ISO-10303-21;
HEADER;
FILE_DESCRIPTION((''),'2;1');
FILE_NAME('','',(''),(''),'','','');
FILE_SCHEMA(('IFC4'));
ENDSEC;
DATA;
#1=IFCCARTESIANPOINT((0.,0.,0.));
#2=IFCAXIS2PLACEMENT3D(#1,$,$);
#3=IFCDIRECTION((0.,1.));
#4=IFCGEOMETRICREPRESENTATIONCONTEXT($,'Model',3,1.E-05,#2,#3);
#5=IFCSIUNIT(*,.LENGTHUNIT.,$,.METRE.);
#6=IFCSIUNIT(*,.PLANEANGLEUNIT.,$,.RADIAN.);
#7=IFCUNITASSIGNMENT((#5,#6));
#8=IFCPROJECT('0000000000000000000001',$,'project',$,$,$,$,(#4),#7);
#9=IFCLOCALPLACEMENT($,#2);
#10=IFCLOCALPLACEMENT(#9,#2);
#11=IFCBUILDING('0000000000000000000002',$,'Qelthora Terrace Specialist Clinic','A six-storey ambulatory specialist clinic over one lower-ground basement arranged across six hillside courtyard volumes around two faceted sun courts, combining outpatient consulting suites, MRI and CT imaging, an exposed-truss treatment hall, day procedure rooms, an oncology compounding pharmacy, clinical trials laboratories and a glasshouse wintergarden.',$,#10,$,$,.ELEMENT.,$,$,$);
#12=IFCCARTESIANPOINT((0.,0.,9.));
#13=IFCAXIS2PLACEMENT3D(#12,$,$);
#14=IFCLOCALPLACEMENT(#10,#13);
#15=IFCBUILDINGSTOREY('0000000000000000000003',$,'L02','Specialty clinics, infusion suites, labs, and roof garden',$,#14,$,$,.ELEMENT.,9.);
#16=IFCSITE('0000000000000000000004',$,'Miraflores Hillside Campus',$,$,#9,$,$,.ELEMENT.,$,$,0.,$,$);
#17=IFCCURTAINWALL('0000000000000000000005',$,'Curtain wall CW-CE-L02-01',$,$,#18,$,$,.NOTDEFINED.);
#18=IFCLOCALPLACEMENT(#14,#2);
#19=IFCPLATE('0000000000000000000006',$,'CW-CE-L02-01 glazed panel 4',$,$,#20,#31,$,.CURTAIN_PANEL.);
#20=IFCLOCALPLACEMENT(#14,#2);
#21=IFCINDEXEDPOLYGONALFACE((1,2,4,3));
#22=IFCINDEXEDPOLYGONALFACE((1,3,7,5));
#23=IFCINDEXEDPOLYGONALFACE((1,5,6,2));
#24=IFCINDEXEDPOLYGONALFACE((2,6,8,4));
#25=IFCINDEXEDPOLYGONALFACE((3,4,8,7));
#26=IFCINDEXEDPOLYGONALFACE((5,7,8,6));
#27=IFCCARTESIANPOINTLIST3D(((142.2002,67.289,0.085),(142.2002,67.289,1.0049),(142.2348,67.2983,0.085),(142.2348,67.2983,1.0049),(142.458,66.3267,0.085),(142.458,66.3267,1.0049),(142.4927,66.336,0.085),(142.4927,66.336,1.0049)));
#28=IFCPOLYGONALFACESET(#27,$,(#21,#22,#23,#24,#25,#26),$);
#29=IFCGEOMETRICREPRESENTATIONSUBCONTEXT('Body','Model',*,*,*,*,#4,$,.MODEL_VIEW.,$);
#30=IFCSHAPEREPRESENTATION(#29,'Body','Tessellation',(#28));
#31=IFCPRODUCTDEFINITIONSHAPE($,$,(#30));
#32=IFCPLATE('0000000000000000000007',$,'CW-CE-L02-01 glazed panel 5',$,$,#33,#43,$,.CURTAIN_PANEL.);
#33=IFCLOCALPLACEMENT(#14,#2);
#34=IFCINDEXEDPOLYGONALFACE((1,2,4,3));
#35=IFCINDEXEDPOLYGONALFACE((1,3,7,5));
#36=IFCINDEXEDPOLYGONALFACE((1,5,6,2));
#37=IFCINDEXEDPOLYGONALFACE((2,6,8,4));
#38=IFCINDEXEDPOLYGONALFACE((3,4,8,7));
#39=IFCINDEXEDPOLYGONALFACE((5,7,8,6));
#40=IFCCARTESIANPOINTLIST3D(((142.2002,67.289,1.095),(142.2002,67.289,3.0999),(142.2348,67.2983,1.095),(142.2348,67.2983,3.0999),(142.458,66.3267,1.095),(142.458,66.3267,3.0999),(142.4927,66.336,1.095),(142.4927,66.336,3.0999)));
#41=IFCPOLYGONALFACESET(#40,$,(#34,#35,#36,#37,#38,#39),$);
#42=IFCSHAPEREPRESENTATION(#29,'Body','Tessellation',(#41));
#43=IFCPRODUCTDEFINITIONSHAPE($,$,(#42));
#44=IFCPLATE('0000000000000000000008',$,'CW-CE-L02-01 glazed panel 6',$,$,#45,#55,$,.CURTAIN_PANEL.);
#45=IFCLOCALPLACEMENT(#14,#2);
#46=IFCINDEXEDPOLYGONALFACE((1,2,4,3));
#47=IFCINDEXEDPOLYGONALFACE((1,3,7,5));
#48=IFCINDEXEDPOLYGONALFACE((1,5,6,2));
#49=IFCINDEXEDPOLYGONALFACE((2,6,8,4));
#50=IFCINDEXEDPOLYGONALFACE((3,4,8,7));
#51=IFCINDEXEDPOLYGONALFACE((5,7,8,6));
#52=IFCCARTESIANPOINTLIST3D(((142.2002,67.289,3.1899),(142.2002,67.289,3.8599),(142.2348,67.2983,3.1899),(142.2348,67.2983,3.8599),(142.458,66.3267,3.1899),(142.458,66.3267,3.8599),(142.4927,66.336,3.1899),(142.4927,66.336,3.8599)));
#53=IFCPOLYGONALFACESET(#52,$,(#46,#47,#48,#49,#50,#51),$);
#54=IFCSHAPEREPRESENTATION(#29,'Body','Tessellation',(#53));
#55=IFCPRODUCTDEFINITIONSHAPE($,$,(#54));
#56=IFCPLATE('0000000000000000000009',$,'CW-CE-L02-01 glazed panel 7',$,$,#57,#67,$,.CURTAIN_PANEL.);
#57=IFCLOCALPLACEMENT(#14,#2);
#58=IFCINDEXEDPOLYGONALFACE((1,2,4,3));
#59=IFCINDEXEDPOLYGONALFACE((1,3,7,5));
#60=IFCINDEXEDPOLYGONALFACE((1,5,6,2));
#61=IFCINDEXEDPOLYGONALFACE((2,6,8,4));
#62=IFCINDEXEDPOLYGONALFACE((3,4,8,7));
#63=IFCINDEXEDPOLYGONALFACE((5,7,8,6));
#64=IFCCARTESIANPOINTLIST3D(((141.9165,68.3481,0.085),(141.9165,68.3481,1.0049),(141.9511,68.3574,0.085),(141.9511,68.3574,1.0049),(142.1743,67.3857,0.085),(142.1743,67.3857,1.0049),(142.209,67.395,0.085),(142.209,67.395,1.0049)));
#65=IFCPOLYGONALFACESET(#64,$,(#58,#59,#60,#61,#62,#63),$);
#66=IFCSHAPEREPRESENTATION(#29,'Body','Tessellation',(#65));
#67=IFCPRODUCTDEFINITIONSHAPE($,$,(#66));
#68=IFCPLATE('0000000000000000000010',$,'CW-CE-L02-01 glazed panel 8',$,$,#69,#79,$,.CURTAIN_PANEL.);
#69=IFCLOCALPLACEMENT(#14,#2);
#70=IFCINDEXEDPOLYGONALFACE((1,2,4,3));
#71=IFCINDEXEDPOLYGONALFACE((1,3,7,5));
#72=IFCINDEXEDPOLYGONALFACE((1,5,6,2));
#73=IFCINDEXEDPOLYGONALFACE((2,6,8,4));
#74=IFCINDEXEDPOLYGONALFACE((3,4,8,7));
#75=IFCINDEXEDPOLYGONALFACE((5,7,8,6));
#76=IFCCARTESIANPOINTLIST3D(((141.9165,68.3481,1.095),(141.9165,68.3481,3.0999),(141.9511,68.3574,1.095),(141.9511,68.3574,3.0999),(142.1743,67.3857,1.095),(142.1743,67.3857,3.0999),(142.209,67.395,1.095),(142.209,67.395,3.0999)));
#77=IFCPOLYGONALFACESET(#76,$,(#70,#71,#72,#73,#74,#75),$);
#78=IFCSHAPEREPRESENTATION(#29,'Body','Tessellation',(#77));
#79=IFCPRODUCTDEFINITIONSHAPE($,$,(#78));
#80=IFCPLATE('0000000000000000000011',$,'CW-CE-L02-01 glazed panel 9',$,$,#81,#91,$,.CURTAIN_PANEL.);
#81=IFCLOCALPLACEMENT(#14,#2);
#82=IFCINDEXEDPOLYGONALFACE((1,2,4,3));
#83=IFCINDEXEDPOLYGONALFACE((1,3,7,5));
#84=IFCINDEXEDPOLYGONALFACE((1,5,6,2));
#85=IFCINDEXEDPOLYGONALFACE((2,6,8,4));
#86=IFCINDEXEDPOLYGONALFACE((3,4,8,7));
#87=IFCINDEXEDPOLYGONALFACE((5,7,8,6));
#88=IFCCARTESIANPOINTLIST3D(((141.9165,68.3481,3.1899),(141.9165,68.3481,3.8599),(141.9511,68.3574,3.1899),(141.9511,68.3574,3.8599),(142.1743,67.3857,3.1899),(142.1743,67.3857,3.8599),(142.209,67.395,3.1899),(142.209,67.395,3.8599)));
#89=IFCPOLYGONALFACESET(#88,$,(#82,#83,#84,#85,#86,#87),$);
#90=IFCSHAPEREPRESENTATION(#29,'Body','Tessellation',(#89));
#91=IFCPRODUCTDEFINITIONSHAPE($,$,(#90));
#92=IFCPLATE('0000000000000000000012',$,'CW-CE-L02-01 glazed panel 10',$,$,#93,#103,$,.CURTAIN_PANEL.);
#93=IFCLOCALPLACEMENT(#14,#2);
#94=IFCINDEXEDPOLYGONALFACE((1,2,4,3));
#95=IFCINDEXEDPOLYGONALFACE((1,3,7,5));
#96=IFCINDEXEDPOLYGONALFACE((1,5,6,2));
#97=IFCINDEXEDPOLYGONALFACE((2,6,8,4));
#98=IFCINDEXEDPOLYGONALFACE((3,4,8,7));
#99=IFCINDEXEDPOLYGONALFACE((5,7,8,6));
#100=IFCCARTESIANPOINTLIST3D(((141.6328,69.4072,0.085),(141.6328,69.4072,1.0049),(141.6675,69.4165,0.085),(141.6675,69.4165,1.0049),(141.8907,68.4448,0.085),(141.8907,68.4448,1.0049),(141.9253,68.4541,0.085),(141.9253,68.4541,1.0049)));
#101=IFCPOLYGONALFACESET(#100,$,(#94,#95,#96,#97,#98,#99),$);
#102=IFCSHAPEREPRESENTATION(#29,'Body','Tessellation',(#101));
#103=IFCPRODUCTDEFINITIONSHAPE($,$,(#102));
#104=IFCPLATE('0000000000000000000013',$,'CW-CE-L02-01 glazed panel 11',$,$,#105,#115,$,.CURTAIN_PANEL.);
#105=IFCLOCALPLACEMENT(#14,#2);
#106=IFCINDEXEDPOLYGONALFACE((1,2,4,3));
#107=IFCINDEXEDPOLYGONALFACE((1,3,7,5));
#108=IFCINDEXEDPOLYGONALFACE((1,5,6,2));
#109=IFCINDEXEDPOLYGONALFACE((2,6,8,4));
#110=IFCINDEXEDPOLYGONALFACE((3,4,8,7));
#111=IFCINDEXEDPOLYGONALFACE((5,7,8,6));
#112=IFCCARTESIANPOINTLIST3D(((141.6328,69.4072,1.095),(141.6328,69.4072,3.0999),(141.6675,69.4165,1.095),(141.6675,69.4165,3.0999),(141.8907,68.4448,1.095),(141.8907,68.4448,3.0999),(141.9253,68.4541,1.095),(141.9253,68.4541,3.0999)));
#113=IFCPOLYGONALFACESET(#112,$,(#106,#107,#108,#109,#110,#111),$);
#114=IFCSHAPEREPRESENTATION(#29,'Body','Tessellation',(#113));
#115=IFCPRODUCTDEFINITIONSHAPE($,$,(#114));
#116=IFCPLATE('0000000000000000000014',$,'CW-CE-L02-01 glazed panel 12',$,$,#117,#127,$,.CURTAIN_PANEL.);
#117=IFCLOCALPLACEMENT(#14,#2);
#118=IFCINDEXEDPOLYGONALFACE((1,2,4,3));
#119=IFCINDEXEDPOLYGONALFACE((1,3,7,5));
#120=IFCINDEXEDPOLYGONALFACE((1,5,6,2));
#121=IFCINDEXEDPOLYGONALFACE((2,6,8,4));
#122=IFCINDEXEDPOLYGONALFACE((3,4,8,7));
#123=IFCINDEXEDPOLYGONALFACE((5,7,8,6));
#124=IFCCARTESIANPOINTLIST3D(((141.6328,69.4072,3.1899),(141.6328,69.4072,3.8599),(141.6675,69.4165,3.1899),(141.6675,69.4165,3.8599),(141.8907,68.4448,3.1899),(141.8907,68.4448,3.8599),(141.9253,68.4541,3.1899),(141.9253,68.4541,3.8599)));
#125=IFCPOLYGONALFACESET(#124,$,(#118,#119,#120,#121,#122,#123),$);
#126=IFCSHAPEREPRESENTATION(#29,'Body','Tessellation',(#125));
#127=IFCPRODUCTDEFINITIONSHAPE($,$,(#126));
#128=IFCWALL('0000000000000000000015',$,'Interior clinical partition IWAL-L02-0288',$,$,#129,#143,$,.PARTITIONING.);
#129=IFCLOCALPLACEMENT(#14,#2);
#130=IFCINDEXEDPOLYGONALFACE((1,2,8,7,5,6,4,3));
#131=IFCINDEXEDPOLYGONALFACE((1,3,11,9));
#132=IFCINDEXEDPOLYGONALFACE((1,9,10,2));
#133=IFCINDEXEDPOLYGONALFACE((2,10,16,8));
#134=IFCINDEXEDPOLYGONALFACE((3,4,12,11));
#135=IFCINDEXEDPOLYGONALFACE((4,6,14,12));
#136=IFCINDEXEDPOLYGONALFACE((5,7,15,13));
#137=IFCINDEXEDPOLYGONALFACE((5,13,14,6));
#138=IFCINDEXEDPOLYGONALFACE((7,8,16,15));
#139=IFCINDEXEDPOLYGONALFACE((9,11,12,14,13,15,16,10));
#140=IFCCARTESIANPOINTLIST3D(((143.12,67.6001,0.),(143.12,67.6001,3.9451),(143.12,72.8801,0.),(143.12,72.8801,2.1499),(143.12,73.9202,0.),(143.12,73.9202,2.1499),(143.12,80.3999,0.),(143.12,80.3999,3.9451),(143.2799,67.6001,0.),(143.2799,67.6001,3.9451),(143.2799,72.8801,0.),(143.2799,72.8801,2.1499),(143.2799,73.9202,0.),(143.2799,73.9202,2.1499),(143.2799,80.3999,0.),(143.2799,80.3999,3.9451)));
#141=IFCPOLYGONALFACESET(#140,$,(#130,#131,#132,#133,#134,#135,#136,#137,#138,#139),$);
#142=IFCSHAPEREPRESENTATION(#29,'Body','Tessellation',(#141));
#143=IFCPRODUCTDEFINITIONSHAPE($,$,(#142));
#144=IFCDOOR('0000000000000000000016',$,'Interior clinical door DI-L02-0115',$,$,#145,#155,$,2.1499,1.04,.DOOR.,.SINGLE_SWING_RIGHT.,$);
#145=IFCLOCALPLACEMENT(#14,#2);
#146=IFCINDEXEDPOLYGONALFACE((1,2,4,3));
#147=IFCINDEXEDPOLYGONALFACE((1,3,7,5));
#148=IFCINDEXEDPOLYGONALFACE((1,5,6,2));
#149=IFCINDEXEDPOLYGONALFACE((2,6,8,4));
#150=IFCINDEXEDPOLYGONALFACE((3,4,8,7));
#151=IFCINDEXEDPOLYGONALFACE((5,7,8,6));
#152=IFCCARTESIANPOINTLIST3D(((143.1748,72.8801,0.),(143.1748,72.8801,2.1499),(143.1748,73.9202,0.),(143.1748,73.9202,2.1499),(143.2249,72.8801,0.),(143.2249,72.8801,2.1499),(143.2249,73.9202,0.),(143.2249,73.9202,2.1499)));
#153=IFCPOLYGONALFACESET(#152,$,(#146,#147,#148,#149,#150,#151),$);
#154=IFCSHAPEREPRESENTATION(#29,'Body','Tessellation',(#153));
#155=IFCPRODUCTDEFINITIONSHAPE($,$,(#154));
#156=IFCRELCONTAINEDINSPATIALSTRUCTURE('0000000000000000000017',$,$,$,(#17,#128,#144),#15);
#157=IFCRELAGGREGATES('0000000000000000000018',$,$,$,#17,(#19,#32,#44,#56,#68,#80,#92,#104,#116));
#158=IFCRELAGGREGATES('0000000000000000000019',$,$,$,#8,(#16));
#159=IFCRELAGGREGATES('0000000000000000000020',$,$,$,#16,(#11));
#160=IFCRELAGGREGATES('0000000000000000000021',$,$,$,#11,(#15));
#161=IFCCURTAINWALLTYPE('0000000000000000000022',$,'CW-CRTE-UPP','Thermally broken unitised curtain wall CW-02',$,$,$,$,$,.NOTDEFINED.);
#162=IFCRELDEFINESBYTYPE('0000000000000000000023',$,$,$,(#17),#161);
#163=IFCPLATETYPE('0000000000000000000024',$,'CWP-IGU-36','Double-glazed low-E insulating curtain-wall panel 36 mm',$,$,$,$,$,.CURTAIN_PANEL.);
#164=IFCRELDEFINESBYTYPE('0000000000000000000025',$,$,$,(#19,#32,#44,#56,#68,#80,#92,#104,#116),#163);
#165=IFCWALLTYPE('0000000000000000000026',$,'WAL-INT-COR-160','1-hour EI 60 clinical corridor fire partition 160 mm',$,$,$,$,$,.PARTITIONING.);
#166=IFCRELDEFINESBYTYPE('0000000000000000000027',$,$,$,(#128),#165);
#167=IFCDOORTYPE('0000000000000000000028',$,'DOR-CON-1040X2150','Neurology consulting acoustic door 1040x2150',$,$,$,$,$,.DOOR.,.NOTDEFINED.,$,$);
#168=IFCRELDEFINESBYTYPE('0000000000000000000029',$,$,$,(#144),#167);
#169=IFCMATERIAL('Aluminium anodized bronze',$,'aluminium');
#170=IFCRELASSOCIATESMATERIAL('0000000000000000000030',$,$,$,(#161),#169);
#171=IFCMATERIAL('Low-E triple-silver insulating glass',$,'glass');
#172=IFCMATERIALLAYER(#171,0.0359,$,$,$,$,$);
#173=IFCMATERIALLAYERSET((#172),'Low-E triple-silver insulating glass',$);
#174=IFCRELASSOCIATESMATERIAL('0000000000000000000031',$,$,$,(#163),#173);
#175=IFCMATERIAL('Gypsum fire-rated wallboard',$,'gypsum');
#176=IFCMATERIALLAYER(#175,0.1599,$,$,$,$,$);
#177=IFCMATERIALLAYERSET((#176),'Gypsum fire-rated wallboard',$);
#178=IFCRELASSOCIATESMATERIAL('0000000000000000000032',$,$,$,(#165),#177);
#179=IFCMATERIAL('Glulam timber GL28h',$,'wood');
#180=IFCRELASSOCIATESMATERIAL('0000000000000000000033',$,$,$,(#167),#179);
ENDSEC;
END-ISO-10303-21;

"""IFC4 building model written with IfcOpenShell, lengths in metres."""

from ifc_helpers import new_model, si_unit, direction, frame, frame_2d, origin, origin_2d, place, context, subcontext, project, spatial, rectangle, extrude, material, layer, layer_set, type_object, element, fill, aggregate, save


model = new_model("IFC4")

# Units and contexts
model_context = context("Model", 3, precision=1e-05, world=origin(), true_north=direction((0.0, 1.0)))
body_context = subcontext(model_context, "Body", "Model", "MODEL_VIEW")
ifc_project = project(units=[si_unit("LENGTHUNIT", "METRE"), si_unit("PLANEANGLEUNIT", "RADIAN")], contexts=[model_context])

# Site, building, storey
site_placement = place(None, origin())
site = spatial("IfcSite", under=ifc_project, at=site_placement, Name="Miraflores Hillside Campus", CompositionType="ELEMENT", RefElevation=0.0)
building_placement = place(site_placement, origin())
building = spatial("IfcBuilding", under=site, at=building_placement, Name="Qelthora Terrace Specialist Clinic", Description="A six-storey ambulatory specialist clinic over one lower-ground basement arranged across six hillside courtyard volumes around two faceted sun courts, combining outpatient consulting suites, MRI and CT imaging, an exposed-truss treatment hall, day procedure rooms, an oncology compounding pharmacy, clinical trials laboratories and a glasshouse wintergarden.", CompositionType="ELEMENT")
storey_placement = place(building_placement, frame((0.0, 0.0, 9.0)))
storey = spatial("IfcBuildingStorey", under=building, at=storey_placement, Name="L02", Description="Specialty clinics, infusion suites, labs, and roof garden", CompositionType="ELEMENT", Elevation=9.0)

# Curtain wall, plates
ifc_material_1 = material(Name="Aluminium anodized bronze", Category="aluminium")
curtain_wall_type = type_object("IfcCurtainWallType", Name="CW-CRTE-UPP", Description="Thermally broken unitised curtain wall CW-02", PredefinedType="NOTDEFINED", material=ifc_material_1)
curtain_wall_placement = place(storey_placement, origin())
curtain_wall = element("IfcCurtainWall", 1, at=curtain_wall_placement, inside=storey, type_object=curtain_wall_type, Name="Curtain wall CW-CE-L02-01", PredefinedType="NOTDEFINED")
ifc_material_2 = material(Name="Low-E triple-silver insulating glass", Category="glass")
ifc_layer_1 = layer(ifc_material_2, 0.0359)
ifc_layer_set_1 = layer_set([ifc_layer_1], Name="Low-E triple-silver insulating glass")
plate_type = type_object("IfcPlateType", Name="CWP-IGU-36", Description="Double-glazed low-E insulating curtain-wall panel 36 mm", PredefinedType="CURTAIN_PANEL", material=ifc_layer_set_1)
plate_1_placement = place(storey_placement, frame((142.3464, 66.8125, 0.085), z_axis=(0.0, 0.0, 1.0), x_axis=(-0.258819, 0.965926, 0.0)))
plate_1 = element("IfcPlate", 2, at=plate_1_placement, type_object=plate_type, Name="CW-CE-L02-01 glazed panel 4", PredefinedType="CURTAIN_PANEL", context=body_context, shape_type="SweptSolid", body=[
    extrude(rectangle(XDim=0.9963, YDim=0.0359, at=origin_2d()), origin(), (0.0, 0.0, 1.0), 0.9199),
])
plate_2_placement = place(storey_placement, frame((142.3464, 66.8125, 1.095), z_axis=(0.0, 0.0, 1.0), x_axis=(-0.258819, 0.965926, 0.0)))
plate_2 = element("IfcPlate", 3, at=plate_2_placement, type_object=plate_type, Name="CW-CE-L02-01 glazed panel 5", PredefinedType="CURTAIN_PANEL", context=body_context, shape_type="SweptSolid", body=[
    extrude(rectangle(XDim=0.9963, YDim=0.0359, at=origin_2d()), origin(), (0.0, 0.0, 1.0), 2.0049),
])
plate_3_placement = place(storey_placement, frame((142.3464, 66.8125, 3.1899), z_axis=(0.0, 0.0, 1.0), x_axis=(-0.258819, 0.965926, 0.0)))
plate_3 = element("IfcPlate", 4, at=plate_3_placement, type_object=plate_type, Name="CW-CE-L02-01 glazed panel 6", PredefinedType="CURTAIN_PANEL", context=body_context, shape_type="SweptSolid", body=[
    extrude(rectangle(XDim=0.9963, YDim=0.0359, at=origin_2d()), origin(), (0.0, 0.0, 1.0), 0.6699),
])
plate_4_placement = place(storey_placement, frame((142.0627, 67.8716, 0.085), z_axis=(0.0, 0.0, 1.0), x_axis=(-0.258819, 0.965926, 0.0)))
plate_4 = element("IfcPlate", 5, at=plate_4_placement, type_object=plate_type, Name="CW-CE-L02-01 glazed panel 7", PredefinedType="CURTAIN_PANEL", context=body_context, shape_type="SweptSolid", body=[
    extrude(rectangle(XDim=0.9963, YDim=0.0359, at=origin_2d()), origin(), (0.0, 0.0, 1.0), 0.9199),
])
plate_5_placement = place(storey_placement, frame((142.0627, 67.8716, 1.095), z_axis=(0.0, 0.0, 1.0), x_axis=(-0.258819, 0.965926, 0.0)))
plate_5 = element("IfcPlate", 6, at=plate_5_placement, type_object=plate_type, Name="CW-CE-L02-01 glazed panel 8", PredefinedType="CURTAIN_PANEL", context=body_context, shape_type="SweptSolid", body=[
    extrude(rectangle(XDim=0.9963, YDim=0.0359, at=origin_2d()), origin(), (0.0, 0.0, 1.0), 2.0049),
])
plate_6_placement = place(storey_placement, frame((142.0627, 67.8716, 3.1899), z_axis=(0.0, 0.0, 1.0), x_axis=(-0.258819, 0.965926, 0.0)))
plate_6 = element("IfcPlate", 7, at=plate_6_placement, type_object=plate_type, Name="CW-CE-L02-01 glazed panel 9", PredefinedType="CURTAIN_PANEL", context=body_context, shape_type="SweptSolid", body=[
    extrude(rectangle(XDim=0.9963, YDim=0.0359, at=origin_2d()), origin(), (0.0, 0.0, 1.0), 0.6699),
])
plate_7_placement = place(storey_placement, frame((141.7791, 68.9307, 0.085), z_axis=(0.0, 0.0, 1.0), x_axis=(-0.258819, 0.965926, 0.0)))
plate_7 = element("IfcPlate", 8, at=plate_7_placement, type_object=plate_type, Name="CW-CE-L02-01 glazed panel 10", PredefinedType="CURTAIN_PANEL", context=body_context, shape_type="SweptSolid", body=[
    extrude(rectangle(XDim=0.9963, YDim=0.0359, at=origin_2d()), origin(), (0.0, 0.0, 1.0), 0.9199),
])
plate_8_placement = place(storey_placement, frame((141.7791, 68.9307, 1.095), z_axis=(0.0, 0.0, 1.0), x_axis=(-0.258819, 0.965926, 0.0)))
plate_8 = element("IfcPlate", 9, at=plate_8_placement, type_object=plate_type, Name="CW-CE-L02-01 glazed panel 11", PredefinedType="CURTAIN_PANEL", context=body_context, shape_type="SweptSolid", body=[
    extrude(rectangle(XDim=0.9963, YDim=0.0359, at=origin_2d()), origin(), (0.0, 0.0, 1.0), 2.0049),
])
plate_9_placement = place(storey_placement, frame((141.7791, 68.9307, 3.1899), z_axis=(0.0, 0.0, 1.0), x_axis=(-0.258819, 0.965926, 0.0)))
plate_9 = element("IfcPlate", 10, at=plate_9_placement, type_object=plate_type, Name="CW-CE-L02-01 glazed panel 12", PredefinedType="CURTAIN_PANEL", context=body_context, shape_type="SweptSolid", body=[
    extrude(rectangle(XDim=0.9963, YDim=0.0359, at=origin_2d()), origin(), (0.0, 0.0, 1.0), 0.6699),
])
aggregate(curtain_wall, [plate_1, plate_2, plate_3, plate_4, plate_5, plate_6, plate_7, plate_8, plate_9])

# Wall, opening, door
ifc_material_3 = material(Name="Gypsum fire-rated wallboard", Category="gypsum")
ifc_layer_2 = layer(ifc_material_3, 0.1599)
ifc_layer_set_2 = layer_set([ifc_layer_2], Name="Gypsum fire-rated wallboard")
wall_type = type_object("IfcWallType", Name="WAL-INT-COR-160", Description="1-hour EI 60 clinical corridor fire partition 160 mm", PredefinedType="PARTITIONING", material=ifc_layer_set_2)
wall_placement = place(storey_placement, frame((143.2, 67.6001, 0.0), z_axis=(0.0, 0.0, 1.0), x_axis=(0.0, 1.0, 0.0)))
wall = element("IfcWall", 11, at=wall_placement, inside=storey, type_object=wall_type, Name="Interior clinical partition IWAL-L02-0288", PredefinedType="PARTITIONING", context=body_context, shape_type="SweptSolid", body=[
    extrude(rectangle(XDim=12.7998, YDim=0.1599, at=frame_2d((6.3999, 0.0))), origin(), (0.0, 0.0, 1.0), 3.9451),
])
opening_placement = place(wall_placement, frame((5.28, 0.0, 0.0)))
opening = element("IfcOpeningElement", 12, at=opening_placement, cuts=wall, PredefinedType="OPENING", context=body_context, shape_type="SweptSolid", body=[
    extrude(rectangle(XDim=1.04, YDim=2.1499, at=frame_2d((0.52, 1.075))), frame((0.0, 0.0898, 0.0), z_axis=(0.0, -1.0, 0.0), x_axis=(1.0, 0.0, 0.0)), (0.0, 0.0, 1.0), 0.1799),
])
ifc_material_4 = material(Name="Glulam timber GL28h", Category="wood")
door_type = type_object("IfcDoorType", Name="DOR-CON-1040X2150", Description="Neurology consulting acoustic door 1040x2150", OperationType="NOTDEFINED", PredefinedType="DOOR", material=ifc_material_4)
door_placement = place(opening_placement, frame((1.04, 0.0, 0.0), z_axis=(0.0, 0.0, 1.0), x_axis=(-1.0, 0.0, 0.0)))
door = element("IfcDoor", 13, at=door_placement, inside=storey, type_object=door_type, Name="Interior clinical door DI-L02-0115", OperationType="SINGLE_SWING_RIGHT", OverallHeight=2.1499, OverallWidth=1.04, PredefinedType="DOOR", context=body_context, shape_type="SweptSolid", body=[
    extrude(rectangle(XDim=1.04, YDim=2.1499, at=frame_2d((0.52, 1.075))), frame((0.0, 0.0249, 0.0), z_axis=(0.0, -1.0, 0.0), x_axis=(1.0, 0.0, 0.0)), (0.0, 0.0, 1.0), 0.05),
])
fill(opening, door)

save(model, "model.ifc")
